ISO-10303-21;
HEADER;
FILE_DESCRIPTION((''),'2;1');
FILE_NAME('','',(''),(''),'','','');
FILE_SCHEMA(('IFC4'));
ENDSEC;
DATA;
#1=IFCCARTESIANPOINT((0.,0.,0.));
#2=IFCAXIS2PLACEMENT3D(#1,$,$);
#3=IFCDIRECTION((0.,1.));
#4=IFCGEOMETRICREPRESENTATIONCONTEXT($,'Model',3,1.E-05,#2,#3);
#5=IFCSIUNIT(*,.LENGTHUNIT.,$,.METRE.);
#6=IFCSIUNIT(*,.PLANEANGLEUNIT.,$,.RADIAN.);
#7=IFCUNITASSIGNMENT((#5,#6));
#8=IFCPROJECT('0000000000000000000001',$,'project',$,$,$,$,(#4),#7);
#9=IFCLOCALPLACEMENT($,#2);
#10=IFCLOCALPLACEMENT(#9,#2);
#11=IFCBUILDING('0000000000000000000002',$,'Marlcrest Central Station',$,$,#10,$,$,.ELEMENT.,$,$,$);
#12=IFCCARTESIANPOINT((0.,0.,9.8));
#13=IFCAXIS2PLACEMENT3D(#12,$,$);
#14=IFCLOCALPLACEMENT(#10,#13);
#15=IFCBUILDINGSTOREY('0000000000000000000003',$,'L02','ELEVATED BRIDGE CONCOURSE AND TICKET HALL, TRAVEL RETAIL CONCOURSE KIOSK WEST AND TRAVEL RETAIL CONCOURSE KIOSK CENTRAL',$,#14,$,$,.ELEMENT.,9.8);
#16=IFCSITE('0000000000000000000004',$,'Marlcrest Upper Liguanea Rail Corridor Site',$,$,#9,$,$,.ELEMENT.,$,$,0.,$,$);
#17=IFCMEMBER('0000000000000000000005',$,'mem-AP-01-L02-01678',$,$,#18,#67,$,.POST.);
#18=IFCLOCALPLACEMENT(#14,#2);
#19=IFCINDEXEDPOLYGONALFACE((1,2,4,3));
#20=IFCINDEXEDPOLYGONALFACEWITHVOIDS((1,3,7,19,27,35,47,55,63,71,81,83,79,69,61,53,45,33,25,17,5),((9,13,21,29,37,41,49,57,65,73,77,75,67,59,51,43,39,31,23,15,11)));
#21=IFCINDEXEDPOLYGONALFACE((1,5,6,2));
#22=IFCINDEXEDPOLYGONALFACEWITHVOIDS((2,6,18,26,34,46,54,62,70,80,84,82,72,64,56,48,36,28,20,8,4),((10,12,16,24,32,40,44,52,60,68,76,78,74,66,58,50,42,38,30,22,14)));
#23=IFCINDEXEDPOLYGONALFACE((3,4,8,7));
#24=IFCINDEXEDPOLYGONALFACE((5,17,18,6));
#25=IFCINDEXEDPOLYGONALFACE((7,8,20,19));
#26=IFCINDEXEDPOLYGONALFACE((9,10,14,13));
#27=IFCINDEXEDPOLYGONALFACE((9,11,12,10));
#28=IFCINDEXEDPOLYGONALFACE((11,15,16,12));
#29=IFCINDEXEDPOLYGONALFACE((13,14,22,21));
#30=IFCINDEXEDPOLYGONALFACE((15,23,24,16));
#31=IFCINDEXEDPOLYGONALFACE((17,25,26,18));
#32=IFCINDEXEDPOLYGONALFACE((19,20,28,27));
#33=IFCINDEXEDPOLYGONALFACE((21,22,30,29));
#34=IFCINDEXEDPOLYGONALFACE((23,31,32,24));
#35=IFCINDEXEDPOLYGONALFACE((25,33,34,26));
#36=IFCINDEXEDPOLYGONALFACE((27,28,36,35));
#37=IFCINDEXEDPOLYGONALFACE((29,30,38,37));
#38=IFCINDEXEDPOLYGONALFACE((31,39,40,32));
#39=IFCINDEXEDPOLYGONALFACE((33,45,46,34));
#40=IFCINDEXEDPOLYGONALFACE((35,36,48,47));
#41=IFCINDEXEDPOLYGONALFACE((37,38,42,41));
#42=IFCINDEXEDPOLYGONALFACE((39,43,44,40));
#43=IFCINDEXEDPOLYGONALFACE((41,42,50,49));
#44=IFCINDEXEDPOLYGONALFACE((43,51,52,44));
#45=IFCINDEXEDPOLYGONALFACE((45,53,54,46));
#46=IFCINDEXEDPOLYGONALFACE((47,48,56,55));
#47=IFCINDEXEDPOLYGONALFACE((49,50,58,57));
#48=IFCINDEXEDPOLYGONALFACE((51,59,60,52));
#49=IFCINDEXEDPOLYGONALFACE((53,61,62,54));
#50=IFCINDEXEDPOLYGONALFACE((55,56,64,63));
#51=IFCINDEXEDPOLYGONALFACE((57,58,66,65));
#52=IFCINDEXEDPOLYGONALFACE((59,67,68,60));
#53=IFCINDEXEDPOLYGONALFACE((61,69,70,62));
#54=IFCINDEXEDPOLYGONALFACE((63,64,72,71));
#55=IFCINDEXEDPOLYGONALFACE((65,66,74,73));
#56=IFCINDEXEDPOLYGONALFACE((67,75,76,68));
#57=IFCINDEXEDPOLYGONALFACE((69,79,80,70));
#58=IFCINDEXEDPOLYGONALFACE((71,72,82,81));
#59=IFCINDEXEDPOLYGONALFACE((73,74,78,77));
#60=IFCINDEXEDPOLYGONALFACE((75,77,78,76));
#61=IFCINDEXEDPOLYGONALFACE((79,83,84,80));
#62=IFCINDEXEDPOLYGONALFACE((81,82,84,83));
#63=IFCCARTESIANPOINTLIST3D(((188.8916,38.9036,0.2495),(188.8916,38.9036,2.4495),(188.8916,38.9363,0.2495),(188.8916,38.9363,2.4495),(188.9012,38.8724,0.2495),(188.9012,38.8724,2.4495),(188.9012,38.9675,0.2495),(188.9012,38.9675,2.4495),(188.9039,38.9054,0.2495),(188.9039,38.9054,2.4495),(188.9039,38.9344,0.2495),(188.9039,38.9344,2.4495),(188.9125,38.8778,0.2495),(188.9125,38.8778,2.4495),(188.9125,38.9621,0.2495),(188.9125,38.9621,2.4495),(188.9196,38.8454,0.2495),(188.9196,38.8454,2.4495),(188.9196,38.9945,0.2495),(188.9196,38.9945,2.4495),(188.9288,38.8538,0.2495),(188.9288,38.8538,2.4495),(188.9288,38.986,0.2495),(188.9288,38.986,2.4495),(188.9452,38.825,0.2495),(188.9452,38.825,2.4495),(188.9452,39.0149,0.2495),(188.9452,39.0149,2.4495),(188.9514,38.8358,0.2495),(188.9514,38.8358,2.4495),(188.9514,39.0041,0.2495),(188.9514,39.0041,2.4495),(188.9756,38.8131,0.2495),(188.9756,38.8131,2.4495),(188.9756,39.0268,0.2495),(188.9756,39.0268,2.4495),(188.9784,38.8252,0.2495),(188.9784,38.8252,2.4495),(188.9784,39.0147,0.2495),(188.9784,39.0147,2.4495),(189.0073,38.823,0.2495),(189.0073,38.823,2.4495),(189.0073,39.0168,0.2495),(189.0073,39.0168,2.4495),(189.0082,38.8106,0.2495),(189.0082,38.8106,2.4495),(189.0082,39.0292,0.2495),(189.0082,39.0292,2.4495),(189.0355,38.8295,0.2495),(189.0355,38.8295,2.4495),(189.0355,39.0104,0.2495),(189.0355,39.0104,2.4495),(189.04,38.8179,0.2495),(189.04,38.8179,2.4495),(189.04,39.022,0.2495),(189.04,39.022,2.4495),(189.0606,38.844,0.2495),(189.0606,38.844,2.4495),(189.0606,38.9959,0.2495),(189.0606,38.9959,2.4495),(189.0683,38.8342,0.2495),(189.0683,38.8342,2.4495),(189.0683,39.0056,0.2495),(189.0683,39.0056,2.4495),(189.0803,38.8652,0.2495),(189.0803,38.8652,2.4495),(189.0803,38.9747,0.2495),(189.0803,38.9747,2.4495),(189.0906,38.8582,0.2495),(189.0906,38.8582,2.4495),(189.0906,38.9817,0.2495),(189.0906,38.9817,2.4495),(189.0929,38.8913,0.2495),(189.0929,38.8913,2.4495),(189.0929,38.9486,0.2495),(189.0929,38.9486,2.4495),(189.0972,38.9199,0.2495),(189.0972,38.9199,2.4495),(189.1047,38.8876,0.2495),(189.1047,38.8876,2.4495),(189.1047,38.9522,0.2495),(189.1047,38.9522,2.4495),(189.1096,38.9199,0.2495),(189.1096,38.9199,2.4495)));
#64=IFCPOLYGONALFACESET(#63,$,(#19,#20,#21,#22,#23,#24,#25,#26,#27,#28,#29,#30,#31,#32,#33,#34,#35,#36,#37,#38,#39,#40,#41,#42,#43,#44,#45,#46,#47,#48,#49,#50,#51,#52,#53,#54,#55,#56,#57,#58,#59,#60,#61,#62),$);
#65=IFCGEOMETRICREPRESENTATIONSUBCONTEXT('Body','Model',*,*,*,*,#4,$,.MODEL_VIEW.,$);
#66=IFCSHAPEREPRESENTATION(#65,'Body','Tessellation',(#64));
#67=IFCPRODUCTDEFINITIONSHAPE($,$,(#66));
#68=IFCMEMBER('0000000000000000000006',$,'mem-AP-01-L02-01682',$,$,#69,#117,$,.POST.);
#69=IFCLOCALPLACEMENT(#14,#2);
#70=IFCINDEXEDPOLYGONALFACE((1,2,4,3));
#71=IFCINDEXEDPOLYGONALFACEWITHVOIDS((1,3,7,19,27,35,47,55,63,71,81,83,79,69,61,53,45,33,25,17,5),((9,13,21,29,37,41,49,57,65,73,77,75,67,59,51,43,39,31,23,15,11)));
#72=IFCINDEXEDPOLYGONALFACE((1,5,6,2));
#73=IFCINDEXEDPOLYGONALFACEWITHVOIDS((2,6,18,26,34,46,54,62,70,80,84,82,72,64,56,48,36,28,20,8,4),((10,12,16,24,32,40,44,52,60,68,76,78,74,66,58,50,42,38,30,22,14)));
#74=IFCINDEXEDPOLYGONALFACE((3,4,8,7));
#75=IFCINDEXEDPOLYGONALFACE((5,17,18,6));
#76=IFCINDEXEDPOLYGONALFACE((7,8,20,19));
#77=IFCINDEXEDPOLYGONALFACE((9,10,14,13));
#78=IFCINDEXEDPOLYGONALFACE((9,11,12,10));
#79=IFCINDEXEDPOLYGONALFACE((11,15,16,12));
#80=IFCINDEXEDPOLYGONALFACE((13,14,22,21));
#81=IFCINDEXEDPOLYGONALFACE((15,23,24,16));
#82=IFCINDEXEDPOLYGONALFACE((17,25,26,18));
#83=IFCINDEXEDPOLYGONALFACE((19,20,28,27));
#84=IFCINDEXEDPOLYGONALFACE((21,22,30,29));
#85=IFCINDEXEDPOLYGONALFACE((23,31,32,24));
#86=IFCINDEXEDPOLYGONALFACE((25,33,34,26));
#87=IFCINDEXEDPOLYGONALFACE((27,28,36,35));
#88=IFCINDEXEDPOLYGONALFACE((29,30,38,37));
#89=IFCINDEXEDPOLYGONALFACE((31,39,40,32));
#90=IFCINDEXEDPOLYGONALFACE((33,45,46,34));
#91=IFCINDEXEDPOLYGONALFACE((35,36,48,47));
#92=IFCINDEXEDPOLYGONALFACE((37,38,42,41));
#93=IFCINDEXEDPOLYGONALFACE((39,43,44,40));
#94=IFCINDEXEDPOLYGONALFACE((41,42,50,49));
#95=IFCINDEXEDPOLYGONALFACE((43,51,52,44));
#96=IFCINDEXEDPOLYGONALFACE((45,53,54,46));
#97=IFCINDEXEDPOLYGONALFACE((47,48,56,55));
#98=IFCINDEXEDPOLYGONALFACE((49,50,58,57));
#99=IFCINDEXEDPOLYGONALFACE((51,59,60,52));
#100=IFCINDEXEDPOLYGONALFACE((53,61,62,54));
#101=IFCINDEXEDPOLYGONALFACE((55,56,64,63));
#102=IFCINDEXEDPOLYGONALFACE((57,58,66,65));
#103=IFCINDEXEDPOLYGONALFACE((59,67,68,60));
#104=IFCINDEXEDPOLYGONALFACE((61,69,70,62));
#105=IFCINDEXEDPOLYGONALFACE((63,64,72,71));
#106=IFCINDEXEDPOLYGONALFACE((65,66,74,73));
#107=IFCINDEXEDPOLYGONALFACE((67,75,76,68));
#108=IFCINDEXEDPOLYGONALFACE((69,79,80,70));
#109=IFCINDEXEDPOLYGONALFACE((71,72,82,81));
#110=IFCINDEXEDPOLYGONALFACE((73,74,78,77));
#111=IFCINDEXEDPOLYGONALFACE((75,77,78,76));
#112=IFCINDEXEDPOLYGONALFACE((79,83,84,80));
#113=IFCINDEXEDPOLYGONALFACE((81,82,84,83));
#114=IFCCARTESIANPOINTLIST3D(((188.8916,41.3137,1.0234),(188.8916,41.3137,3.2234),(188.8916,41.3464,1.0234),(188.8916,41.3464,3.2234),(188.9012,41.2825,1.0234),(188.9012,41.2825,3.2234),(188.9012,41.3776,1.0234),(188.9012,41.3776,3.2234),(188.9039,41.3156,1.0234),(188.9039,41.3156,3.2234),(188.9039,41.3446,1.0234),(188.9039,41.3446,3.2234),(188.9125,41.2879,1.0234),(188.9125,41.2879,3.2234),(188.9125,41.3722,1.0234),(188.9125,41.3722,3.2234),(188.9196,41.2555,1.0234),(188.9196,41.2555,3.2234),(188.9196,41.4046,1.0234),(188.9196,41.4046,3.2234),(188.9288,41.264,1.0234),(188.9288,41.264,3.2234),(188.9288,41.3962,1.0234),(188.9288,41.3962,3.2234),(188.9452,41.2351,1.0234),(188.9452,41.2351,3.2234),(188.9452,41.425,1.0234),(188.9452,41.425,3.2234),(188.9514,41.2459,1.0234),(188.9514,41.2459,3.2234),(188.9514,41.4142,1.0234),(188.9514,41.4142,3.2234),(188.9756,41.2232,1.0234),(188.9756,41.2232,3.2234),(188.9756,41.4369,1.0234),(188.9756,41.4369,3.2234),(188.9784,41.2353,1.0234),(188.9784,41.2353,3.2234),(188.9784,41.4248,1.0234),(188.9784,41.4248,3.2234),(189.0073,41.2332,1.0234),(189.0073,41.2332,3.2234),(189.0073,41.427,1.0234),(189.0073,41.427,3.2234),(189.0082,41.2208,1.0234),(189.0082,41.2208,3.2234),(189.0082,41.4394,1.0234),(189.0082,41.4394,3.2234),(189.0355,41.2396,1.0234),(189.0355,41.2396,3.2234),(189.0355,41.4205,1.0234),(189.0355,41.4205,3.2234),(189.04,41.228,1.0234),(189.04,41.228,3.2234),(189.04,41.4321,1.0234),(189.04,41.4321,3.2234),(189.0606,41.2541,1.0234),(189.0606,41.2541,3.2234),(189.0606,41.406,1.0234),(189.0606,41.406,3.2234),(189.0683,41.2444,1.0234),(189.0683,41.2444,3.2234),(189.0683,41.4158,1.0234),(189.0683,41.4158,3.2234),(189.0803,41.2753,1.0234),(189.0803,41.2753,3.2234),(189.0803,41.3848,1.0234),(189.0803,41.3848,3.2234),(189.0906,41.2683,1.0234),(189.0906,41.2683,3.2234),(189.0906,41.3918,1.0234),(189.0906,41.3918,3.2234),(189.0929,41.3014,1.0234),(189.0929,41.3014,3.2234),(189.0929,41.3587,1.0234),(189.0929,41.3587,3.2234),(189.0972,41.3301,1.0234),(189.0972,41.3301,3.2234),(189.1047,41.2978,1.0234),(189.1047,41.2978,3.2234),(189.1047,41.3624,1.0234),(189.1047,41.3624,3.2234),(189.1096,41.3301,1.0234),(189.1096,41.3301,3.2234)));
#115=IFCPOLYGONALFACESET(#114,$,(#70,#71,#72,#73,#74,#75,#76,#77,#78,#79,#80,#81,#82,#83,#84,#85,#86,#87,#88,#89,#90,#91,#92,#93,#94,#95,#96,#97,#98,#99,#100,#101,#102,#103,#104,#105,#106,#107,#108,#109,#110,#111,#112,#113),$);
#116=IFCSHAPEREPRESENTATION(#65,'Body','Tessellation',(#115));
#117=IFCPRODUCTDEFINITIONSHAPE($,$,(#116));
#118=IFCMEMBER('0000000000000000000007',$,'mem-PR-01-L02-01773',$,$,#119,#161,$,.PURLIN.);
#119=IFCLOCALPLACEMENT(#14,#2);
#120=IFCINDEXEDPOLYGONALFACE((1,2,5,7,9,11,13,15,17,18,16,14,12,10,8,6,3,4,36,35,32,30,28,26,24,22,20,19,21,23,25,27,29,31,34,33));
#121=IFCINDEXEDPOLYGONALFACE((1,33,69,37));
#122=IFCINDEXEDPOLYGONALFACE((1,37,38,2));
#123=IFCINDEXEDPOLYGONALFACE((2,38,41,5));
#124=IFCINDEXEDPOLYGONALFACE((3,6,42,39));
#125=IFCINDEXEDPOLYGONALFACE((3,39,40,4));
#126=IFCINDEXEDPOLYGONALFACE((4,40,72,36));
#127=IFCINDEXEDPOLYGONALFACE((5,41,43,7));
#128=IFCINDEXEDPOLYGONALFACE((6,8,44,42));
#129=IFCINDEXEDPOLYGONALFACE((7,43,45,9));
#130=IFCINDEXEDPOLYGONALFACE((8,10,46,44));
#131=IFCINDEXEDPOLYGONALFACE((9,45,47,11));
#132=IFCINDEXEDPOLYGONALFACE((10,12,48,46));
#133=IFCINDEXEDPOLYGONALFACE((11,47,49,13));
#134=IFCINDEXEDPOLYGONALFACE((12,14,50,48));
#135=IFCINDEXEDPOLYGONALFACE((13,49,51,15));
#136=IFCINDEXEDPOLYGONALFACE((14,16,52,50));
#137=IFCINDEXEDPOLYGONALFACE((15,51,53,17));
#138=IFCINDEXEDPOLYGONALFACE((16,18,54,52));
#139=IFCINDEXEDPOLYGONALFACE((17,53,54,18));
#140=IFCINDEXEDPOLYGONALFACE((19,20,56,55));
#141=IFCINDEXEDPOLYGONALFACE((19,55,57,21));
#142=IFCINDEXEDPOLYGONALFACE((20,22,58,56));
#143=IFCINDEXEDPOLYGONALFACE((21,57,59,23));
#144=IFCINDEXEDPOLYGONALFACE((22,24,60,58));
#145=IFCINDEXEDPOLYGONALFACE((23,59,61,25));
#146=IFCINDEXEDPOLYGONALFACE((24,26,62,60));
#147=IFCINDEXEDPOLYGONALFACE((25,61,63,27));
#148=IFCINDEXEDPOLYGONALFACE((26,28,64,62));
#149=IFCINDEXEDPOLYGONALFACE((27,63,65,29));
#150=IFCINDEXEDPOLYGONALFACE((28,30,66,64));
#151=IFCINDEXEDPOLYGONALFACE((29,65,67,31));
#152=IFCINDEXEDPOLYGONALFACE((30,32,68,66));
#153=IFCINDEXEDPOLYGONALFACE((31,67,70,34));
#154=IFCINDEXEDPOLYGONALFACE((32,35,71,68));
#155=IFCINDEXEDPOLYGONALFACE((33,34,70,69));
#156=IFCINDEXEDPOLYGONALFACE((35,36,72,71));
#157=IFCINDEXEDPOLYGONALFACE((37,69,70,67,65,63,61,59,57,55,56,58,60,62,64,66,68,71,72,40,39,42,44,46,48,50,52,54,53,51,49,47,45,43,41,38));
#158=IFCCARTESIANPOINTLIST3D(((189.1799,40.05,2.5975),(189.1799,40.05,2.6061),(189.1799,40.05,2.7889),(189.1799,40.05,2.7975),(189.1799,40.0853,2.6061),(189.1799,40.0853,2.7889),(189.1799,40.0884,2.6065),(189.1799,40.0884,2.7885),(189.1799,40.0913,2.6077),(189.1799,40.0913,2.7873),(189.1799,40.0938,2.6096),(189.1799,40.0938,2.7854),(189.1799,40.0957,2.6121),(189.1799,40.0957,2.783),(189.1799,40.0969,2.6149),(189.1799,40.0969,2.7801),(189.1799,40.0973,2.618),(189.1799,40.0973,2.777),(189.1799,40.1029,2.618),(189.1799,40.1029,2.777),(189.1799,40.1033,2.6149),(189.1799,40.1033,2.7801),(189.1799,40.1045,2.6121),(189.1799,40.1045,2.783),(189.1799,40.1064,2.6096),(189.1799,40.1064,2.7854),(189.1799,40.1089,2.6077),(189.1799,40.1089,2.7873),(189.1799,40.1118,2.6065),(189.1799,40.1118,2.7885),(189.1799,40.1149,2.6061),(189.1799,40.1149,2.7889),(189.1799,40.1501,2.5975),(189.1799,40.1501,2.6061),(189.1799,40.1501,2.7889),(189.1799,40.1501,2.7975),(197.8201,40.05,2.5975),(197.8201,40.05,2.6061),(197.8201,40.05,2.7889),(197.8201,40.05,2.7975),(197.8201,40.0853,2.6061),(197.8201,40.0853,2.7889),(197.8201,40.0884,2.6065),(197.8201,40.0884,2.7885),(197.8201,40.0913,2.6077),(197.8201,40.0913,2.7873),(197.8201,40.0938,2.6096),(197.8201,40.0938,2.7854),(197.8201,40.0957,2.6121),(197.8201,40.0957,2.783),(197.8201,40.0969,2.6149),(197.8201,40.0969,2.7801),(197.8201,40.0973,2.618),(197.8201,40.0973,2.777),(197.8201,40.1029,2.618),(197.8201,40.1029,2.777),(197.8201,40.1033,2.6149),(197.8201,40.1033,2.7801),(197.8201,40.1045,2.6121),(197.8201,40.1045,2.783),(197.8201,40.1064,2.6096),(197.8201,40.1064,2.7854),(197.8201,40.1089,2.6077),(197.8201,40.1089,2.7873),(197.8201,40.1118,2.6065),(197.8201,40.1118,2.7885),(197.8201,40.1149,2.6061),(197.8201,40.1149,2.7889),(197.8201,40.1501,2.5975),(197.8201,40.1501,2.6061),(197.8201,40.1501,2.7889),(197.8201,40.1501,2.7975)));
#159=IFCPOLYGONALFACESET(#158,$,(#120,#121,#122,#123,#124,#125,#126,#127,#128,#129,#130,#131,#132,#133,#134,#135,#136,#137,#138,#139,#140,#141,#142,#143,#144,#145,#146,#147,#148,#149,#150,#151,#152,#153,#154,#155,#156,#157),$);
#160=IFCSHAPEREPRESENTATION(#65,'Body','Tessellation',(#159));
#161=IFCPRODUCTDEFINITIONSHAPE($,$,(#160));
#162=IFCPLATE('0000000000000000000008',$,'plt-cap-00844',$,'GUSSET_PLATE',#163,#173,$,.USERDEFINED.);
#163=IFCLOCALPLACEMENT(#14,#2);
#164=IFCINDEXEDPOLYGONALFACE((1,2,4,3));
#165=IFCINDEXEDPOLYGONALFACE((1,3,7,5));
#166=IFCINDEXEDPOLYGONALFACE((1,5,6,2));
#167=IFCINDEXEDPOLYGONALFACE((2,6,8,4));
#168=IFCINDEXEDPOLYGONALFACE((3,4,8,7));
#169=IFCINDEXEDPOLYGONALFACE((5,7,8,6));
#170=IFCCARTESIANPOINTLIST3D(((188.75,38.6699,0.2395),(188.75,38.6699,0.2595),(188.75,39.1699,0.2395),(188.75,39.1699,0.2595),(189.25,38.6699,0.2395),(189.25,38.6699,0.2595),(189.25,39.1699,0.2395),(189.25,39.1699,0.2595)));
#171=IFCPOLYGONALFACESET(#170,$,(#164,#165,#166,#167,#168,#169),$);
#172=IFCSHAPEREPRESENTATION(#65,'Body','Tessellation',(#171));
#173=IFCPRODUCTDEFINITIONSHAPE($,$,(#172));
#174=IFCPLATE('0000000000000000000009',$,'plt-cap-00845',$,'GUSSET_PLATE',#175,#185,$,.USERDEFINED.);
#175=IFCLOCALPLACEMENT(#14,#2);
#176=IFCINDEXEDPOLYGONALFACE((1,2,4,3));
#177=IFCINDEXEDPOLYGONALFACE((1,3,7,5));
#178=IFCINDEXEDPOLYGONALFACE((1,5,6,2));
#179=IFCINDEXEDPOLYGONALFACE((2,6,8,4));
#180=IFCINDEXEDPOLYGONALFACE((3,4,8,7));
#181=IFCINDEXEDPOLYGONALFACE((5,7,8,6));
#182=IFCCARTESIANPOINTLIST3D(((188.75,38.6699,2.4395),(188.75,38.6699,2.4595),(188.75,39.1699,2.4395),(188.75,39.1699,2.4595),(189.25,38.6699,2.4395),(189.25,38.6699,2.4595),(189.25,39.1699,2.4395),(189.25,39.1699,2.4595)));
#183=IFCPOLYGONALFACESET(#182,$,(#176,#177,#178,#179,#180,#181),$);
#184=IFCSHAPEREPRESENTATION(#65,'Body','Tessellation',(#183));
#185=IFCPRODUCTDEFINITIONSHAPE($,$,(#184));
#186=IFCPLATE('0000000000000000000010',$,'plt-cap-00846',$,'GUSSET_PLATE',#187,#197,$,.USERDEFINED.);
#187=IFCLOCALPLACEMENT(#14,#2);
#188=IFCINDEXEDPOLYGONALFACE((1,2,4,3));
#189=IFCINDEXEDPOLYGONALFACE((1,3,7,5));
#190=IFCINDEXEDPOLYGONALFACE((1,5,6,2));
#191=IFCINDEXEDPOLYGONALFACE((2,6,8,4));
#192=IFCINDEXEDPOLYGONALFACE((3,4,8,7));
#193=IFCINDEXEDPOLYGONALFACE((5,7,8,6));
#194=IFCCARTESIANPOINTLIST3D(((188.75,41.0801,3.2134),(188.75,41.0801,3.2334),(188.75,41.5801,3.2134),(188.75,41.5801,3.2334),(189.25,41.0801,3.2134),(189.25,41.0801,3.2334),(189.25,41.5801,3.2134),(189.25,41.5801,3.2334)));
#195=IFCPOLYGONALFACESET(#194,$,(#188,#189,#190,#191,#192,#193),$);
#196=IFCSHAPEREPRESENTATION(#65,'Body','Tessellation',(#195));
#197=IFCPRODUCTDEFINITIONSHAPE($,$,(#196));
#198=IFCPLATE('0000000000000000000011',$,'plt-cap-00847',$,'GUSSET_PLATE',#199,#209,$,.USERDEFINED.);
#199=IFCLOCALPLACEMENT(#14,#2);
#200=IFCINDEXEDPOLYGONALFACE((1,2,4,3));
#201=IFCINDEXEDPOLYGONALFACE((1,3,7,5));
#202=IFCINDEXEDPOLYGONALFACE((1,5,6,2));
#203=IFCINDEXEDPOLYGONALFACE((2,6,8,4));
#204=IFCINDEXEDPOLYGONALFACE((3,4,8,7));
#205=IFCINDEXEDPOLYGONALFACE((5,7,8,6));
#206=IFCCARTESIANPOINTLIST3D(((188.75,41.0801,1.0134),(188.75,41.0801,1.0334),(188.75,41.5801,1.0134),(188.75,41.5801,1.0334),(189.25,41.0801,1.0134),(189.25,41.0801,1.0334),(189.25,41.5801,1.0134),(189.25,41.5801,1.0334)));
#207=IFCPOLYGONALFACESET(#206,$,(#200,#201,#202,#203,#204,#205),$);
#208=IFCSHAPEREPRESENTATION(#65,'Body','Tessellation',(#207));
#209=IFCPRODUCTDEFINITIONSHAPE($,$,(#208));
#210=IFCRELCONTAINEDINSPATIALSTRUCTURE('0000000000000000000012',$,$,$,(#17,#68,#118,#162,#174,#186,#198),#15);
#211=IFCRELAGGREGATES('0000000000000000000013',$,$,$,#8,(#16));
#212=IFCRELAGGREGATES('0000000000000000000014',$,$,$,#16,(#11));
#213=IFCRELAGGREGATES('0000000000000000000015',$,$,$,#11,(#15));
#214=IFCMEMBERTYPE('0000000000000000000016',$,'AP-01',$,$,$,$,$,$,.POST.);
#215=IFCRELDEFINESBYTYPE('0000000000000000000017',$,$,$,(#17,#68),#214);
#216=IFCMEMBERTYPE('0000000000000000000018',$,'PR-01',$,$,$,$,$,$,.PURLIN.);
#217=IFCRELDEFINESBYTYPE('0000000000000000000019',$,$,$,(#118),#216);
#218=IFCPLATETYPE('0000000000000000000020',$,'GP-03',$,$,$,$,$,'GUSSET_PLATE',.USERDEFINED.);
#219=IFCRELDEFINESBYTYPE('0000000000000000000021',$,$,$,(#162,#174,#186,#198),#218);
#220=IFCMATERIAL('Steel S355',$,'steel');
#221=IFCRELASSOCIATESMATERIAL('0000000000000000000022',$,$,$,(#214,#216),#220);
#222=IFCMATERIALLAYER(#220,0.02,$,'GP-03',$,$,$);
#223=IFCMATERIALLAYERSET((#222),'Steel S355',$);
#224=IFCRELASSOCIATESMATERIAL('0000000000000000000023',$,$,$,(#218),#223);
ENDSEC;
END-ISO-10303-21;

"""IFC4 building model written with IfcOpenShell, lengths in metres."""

from ifc_helpers import new_model, si_unit, direction, frame, origin, origin_2d, place, context, subcontext, project, spatial, rectangle, hollow_circle, i_section, extrude, material, layer, layer_set, material_profile, profile_set, type_object, element, save


model = new_model("IFC4")

# Units and contexts
model_context = context("Model", 3, precision=1e-05, world=origin(), true_north=direction((0.0, 1.0)))
body_context = subcontext(model_context, "Body", "Model", "MODEL_VIEW")
ifc_project = project(units=[si_unit("LENGTHUNIT", "METRE"), si_unit("PLANEANGLEUNIT", "RADIAN")], contexts=[model_context])

# Site, building, storey
site_placement = place(None, origin())
site = spatial("IfcSite", under=ifc_project, at=site_placement, Name="Marlcrest Upper Liguanea Rail Corridor Site", CompositionType="ELEMENT", RefElevation=0.0)
building_placement = place(site_placement, origin())
building = spatial("IfcBuilding", under=site, at=building_placement, Name="Marlcrest Central Station", CompositionType="ELEMENT")
storey_placement = place(building_placement, frame((0.0, 0.0, 9.8)))
storey = spatial("IfcBuildingStorey", under=building, at=storey_placement, Name="L02", Description="ELEVATED BRIDGE CONCOURSE AND TICKET HALL, TRAVEL RETAIL CONCOURSE KIOSK WEST AND TRAVEL RETAIL CONCOURSE KIOSK CENTRAL", CompositionType="ELEMENT", Elevation=9.8)

# Members
ifc_material_1 = material(Name="Steel S355", Category="steel")
ifc_material_profile_1 = material_profile(ifc_material_1, hollow_circle(Radius=0.1096, WallThickness=0.0125, at=origin_2d()), Name="CHS 219.1x12.5")
ifc_profile_set_1 = profile_set([ifc_material_profile_1], Name="Steel S355")
member_type_1 = type_object("IfcMemberType", Name="AP-01", PredefinedType="POST", material=ifc_profile_set_1)
for number, where, z_axis, x_axis, name in (
    (1, (189.0, 38.9199, 0.2495), (0.0, 0.0, 1.0), (1.0, 0.0, 0.0), "mem-AP-01-L02-01678"),
    (2, (189.0, 41.3301, 1.0234), (0.0, 0.0, 1.0), (1.0, 0.0, 0.0), "mem-AP-01-L02-01682"),
):
    element("IfcMember", number, at=place(storey_placement, frame(where, z_axis=z_axis, x_axis=x_axis)), inside=storey, type_object=member_type_1, Name=name, PredefinedType="POST", context=body_context, shape_type="SweptSolid", body=[
        extrude(hollow_circle(Radius=0.1096, WallThickness=0.0125, at=origin_2d()), origin(), (0.0, 0.0, 1.0), 2.2),
    ])
ifc_material_profile_2 = material_profile(ifc_material_1, i_section(OverallWidth=0.1001, OverallDepth=0.2, WebThickness=0.0056, FlangeThickness=0.0085, FilletRadius=0.012, at=origin_2d()), Name="IPE 200")
ifc_profile_set_2 = profile_set([ifc_material_profile_2], Name="Steel S355")
member_type_2 = type_object("IfcMemberType", Name="PR-01", PredefinedType="PURLIN", material=ifc_profile_set_2)
member_1_placement = place(storey_placement, frame((189.1799, 40.1001, 2.6975), z_axis=(1.0, 0.0, 0.0), x_axis=(0.0, 1.0, 0.0)))
element("IfcMember", 3, at=member_1_placement, inside=storey, type_object=member_type_2, Name="mem-PR-01-L02-01773", PredefinedType="PURLIN", context=body_context, shape_type="SweptSolid", body=[
    extrude(i_section(OverallWidth=0.1001, OverallDepth=0.2, WebThickness=0.0056, FlangeThickness=0.0085, FilletRadius=0.012, at=origin_2d()), origin(), (0.0, 0.0, 1.0), 8.6401),
])

# Plates
ifc_layer_1 = layer(ifc_material_1, 0.02, Name="GP-03")
ifc_layer_set_1 = layer_set([ifc_layer_1], Name="Steel S355")
plate_type = type_object("IfcPlateType", Name="GP-03", ElementType="GUSSET_PLATE", PredefinedType="USERDEFINED", material=ifc_layer_set_1)
for number, where, z_axis, x_axis, name in (
    (4, (189.0, 38.9199, 0.2395), (0.0, 0.0, 1.0), (1.0, 0.0, 0.0), "plt-cap-00844"),
    (5, (189.0, 38.9199, 2.4395), (0.0, 0.0, 1.0), (1.0, 0.0, 0.0), "plt-cap-00845"),
    (6, (189.0, 41.3301, 3.2134), (0.0, 0.0, 1.0), (1.0, 0.0, 0.0), "plt-cap-00846"),
    (7, (189.0, 41.3301, 1.0134), (0.0, 0.0, 1.0), (1.0, 0.0, 0.0), "plt-cap-00847"),
):
    element("IfcPlate", number, at=place(storey_placement, frame(where, z_axis=z_axis, x_axis=x_axis)), inside=storey, type_object=plate_type, Name=name, ObjectType="GUSSET_PLATE", PredefinedType="USERDEFINED", context=body_context, shape_type="SweptSolid", body=[
        extrude(rectangle(XDim=0.5, YDim=0.5, at=origin_2d()), origin(), (0.0, 0.0, 1.0), 0.02),
    ])

save(model, "model.ifc")
